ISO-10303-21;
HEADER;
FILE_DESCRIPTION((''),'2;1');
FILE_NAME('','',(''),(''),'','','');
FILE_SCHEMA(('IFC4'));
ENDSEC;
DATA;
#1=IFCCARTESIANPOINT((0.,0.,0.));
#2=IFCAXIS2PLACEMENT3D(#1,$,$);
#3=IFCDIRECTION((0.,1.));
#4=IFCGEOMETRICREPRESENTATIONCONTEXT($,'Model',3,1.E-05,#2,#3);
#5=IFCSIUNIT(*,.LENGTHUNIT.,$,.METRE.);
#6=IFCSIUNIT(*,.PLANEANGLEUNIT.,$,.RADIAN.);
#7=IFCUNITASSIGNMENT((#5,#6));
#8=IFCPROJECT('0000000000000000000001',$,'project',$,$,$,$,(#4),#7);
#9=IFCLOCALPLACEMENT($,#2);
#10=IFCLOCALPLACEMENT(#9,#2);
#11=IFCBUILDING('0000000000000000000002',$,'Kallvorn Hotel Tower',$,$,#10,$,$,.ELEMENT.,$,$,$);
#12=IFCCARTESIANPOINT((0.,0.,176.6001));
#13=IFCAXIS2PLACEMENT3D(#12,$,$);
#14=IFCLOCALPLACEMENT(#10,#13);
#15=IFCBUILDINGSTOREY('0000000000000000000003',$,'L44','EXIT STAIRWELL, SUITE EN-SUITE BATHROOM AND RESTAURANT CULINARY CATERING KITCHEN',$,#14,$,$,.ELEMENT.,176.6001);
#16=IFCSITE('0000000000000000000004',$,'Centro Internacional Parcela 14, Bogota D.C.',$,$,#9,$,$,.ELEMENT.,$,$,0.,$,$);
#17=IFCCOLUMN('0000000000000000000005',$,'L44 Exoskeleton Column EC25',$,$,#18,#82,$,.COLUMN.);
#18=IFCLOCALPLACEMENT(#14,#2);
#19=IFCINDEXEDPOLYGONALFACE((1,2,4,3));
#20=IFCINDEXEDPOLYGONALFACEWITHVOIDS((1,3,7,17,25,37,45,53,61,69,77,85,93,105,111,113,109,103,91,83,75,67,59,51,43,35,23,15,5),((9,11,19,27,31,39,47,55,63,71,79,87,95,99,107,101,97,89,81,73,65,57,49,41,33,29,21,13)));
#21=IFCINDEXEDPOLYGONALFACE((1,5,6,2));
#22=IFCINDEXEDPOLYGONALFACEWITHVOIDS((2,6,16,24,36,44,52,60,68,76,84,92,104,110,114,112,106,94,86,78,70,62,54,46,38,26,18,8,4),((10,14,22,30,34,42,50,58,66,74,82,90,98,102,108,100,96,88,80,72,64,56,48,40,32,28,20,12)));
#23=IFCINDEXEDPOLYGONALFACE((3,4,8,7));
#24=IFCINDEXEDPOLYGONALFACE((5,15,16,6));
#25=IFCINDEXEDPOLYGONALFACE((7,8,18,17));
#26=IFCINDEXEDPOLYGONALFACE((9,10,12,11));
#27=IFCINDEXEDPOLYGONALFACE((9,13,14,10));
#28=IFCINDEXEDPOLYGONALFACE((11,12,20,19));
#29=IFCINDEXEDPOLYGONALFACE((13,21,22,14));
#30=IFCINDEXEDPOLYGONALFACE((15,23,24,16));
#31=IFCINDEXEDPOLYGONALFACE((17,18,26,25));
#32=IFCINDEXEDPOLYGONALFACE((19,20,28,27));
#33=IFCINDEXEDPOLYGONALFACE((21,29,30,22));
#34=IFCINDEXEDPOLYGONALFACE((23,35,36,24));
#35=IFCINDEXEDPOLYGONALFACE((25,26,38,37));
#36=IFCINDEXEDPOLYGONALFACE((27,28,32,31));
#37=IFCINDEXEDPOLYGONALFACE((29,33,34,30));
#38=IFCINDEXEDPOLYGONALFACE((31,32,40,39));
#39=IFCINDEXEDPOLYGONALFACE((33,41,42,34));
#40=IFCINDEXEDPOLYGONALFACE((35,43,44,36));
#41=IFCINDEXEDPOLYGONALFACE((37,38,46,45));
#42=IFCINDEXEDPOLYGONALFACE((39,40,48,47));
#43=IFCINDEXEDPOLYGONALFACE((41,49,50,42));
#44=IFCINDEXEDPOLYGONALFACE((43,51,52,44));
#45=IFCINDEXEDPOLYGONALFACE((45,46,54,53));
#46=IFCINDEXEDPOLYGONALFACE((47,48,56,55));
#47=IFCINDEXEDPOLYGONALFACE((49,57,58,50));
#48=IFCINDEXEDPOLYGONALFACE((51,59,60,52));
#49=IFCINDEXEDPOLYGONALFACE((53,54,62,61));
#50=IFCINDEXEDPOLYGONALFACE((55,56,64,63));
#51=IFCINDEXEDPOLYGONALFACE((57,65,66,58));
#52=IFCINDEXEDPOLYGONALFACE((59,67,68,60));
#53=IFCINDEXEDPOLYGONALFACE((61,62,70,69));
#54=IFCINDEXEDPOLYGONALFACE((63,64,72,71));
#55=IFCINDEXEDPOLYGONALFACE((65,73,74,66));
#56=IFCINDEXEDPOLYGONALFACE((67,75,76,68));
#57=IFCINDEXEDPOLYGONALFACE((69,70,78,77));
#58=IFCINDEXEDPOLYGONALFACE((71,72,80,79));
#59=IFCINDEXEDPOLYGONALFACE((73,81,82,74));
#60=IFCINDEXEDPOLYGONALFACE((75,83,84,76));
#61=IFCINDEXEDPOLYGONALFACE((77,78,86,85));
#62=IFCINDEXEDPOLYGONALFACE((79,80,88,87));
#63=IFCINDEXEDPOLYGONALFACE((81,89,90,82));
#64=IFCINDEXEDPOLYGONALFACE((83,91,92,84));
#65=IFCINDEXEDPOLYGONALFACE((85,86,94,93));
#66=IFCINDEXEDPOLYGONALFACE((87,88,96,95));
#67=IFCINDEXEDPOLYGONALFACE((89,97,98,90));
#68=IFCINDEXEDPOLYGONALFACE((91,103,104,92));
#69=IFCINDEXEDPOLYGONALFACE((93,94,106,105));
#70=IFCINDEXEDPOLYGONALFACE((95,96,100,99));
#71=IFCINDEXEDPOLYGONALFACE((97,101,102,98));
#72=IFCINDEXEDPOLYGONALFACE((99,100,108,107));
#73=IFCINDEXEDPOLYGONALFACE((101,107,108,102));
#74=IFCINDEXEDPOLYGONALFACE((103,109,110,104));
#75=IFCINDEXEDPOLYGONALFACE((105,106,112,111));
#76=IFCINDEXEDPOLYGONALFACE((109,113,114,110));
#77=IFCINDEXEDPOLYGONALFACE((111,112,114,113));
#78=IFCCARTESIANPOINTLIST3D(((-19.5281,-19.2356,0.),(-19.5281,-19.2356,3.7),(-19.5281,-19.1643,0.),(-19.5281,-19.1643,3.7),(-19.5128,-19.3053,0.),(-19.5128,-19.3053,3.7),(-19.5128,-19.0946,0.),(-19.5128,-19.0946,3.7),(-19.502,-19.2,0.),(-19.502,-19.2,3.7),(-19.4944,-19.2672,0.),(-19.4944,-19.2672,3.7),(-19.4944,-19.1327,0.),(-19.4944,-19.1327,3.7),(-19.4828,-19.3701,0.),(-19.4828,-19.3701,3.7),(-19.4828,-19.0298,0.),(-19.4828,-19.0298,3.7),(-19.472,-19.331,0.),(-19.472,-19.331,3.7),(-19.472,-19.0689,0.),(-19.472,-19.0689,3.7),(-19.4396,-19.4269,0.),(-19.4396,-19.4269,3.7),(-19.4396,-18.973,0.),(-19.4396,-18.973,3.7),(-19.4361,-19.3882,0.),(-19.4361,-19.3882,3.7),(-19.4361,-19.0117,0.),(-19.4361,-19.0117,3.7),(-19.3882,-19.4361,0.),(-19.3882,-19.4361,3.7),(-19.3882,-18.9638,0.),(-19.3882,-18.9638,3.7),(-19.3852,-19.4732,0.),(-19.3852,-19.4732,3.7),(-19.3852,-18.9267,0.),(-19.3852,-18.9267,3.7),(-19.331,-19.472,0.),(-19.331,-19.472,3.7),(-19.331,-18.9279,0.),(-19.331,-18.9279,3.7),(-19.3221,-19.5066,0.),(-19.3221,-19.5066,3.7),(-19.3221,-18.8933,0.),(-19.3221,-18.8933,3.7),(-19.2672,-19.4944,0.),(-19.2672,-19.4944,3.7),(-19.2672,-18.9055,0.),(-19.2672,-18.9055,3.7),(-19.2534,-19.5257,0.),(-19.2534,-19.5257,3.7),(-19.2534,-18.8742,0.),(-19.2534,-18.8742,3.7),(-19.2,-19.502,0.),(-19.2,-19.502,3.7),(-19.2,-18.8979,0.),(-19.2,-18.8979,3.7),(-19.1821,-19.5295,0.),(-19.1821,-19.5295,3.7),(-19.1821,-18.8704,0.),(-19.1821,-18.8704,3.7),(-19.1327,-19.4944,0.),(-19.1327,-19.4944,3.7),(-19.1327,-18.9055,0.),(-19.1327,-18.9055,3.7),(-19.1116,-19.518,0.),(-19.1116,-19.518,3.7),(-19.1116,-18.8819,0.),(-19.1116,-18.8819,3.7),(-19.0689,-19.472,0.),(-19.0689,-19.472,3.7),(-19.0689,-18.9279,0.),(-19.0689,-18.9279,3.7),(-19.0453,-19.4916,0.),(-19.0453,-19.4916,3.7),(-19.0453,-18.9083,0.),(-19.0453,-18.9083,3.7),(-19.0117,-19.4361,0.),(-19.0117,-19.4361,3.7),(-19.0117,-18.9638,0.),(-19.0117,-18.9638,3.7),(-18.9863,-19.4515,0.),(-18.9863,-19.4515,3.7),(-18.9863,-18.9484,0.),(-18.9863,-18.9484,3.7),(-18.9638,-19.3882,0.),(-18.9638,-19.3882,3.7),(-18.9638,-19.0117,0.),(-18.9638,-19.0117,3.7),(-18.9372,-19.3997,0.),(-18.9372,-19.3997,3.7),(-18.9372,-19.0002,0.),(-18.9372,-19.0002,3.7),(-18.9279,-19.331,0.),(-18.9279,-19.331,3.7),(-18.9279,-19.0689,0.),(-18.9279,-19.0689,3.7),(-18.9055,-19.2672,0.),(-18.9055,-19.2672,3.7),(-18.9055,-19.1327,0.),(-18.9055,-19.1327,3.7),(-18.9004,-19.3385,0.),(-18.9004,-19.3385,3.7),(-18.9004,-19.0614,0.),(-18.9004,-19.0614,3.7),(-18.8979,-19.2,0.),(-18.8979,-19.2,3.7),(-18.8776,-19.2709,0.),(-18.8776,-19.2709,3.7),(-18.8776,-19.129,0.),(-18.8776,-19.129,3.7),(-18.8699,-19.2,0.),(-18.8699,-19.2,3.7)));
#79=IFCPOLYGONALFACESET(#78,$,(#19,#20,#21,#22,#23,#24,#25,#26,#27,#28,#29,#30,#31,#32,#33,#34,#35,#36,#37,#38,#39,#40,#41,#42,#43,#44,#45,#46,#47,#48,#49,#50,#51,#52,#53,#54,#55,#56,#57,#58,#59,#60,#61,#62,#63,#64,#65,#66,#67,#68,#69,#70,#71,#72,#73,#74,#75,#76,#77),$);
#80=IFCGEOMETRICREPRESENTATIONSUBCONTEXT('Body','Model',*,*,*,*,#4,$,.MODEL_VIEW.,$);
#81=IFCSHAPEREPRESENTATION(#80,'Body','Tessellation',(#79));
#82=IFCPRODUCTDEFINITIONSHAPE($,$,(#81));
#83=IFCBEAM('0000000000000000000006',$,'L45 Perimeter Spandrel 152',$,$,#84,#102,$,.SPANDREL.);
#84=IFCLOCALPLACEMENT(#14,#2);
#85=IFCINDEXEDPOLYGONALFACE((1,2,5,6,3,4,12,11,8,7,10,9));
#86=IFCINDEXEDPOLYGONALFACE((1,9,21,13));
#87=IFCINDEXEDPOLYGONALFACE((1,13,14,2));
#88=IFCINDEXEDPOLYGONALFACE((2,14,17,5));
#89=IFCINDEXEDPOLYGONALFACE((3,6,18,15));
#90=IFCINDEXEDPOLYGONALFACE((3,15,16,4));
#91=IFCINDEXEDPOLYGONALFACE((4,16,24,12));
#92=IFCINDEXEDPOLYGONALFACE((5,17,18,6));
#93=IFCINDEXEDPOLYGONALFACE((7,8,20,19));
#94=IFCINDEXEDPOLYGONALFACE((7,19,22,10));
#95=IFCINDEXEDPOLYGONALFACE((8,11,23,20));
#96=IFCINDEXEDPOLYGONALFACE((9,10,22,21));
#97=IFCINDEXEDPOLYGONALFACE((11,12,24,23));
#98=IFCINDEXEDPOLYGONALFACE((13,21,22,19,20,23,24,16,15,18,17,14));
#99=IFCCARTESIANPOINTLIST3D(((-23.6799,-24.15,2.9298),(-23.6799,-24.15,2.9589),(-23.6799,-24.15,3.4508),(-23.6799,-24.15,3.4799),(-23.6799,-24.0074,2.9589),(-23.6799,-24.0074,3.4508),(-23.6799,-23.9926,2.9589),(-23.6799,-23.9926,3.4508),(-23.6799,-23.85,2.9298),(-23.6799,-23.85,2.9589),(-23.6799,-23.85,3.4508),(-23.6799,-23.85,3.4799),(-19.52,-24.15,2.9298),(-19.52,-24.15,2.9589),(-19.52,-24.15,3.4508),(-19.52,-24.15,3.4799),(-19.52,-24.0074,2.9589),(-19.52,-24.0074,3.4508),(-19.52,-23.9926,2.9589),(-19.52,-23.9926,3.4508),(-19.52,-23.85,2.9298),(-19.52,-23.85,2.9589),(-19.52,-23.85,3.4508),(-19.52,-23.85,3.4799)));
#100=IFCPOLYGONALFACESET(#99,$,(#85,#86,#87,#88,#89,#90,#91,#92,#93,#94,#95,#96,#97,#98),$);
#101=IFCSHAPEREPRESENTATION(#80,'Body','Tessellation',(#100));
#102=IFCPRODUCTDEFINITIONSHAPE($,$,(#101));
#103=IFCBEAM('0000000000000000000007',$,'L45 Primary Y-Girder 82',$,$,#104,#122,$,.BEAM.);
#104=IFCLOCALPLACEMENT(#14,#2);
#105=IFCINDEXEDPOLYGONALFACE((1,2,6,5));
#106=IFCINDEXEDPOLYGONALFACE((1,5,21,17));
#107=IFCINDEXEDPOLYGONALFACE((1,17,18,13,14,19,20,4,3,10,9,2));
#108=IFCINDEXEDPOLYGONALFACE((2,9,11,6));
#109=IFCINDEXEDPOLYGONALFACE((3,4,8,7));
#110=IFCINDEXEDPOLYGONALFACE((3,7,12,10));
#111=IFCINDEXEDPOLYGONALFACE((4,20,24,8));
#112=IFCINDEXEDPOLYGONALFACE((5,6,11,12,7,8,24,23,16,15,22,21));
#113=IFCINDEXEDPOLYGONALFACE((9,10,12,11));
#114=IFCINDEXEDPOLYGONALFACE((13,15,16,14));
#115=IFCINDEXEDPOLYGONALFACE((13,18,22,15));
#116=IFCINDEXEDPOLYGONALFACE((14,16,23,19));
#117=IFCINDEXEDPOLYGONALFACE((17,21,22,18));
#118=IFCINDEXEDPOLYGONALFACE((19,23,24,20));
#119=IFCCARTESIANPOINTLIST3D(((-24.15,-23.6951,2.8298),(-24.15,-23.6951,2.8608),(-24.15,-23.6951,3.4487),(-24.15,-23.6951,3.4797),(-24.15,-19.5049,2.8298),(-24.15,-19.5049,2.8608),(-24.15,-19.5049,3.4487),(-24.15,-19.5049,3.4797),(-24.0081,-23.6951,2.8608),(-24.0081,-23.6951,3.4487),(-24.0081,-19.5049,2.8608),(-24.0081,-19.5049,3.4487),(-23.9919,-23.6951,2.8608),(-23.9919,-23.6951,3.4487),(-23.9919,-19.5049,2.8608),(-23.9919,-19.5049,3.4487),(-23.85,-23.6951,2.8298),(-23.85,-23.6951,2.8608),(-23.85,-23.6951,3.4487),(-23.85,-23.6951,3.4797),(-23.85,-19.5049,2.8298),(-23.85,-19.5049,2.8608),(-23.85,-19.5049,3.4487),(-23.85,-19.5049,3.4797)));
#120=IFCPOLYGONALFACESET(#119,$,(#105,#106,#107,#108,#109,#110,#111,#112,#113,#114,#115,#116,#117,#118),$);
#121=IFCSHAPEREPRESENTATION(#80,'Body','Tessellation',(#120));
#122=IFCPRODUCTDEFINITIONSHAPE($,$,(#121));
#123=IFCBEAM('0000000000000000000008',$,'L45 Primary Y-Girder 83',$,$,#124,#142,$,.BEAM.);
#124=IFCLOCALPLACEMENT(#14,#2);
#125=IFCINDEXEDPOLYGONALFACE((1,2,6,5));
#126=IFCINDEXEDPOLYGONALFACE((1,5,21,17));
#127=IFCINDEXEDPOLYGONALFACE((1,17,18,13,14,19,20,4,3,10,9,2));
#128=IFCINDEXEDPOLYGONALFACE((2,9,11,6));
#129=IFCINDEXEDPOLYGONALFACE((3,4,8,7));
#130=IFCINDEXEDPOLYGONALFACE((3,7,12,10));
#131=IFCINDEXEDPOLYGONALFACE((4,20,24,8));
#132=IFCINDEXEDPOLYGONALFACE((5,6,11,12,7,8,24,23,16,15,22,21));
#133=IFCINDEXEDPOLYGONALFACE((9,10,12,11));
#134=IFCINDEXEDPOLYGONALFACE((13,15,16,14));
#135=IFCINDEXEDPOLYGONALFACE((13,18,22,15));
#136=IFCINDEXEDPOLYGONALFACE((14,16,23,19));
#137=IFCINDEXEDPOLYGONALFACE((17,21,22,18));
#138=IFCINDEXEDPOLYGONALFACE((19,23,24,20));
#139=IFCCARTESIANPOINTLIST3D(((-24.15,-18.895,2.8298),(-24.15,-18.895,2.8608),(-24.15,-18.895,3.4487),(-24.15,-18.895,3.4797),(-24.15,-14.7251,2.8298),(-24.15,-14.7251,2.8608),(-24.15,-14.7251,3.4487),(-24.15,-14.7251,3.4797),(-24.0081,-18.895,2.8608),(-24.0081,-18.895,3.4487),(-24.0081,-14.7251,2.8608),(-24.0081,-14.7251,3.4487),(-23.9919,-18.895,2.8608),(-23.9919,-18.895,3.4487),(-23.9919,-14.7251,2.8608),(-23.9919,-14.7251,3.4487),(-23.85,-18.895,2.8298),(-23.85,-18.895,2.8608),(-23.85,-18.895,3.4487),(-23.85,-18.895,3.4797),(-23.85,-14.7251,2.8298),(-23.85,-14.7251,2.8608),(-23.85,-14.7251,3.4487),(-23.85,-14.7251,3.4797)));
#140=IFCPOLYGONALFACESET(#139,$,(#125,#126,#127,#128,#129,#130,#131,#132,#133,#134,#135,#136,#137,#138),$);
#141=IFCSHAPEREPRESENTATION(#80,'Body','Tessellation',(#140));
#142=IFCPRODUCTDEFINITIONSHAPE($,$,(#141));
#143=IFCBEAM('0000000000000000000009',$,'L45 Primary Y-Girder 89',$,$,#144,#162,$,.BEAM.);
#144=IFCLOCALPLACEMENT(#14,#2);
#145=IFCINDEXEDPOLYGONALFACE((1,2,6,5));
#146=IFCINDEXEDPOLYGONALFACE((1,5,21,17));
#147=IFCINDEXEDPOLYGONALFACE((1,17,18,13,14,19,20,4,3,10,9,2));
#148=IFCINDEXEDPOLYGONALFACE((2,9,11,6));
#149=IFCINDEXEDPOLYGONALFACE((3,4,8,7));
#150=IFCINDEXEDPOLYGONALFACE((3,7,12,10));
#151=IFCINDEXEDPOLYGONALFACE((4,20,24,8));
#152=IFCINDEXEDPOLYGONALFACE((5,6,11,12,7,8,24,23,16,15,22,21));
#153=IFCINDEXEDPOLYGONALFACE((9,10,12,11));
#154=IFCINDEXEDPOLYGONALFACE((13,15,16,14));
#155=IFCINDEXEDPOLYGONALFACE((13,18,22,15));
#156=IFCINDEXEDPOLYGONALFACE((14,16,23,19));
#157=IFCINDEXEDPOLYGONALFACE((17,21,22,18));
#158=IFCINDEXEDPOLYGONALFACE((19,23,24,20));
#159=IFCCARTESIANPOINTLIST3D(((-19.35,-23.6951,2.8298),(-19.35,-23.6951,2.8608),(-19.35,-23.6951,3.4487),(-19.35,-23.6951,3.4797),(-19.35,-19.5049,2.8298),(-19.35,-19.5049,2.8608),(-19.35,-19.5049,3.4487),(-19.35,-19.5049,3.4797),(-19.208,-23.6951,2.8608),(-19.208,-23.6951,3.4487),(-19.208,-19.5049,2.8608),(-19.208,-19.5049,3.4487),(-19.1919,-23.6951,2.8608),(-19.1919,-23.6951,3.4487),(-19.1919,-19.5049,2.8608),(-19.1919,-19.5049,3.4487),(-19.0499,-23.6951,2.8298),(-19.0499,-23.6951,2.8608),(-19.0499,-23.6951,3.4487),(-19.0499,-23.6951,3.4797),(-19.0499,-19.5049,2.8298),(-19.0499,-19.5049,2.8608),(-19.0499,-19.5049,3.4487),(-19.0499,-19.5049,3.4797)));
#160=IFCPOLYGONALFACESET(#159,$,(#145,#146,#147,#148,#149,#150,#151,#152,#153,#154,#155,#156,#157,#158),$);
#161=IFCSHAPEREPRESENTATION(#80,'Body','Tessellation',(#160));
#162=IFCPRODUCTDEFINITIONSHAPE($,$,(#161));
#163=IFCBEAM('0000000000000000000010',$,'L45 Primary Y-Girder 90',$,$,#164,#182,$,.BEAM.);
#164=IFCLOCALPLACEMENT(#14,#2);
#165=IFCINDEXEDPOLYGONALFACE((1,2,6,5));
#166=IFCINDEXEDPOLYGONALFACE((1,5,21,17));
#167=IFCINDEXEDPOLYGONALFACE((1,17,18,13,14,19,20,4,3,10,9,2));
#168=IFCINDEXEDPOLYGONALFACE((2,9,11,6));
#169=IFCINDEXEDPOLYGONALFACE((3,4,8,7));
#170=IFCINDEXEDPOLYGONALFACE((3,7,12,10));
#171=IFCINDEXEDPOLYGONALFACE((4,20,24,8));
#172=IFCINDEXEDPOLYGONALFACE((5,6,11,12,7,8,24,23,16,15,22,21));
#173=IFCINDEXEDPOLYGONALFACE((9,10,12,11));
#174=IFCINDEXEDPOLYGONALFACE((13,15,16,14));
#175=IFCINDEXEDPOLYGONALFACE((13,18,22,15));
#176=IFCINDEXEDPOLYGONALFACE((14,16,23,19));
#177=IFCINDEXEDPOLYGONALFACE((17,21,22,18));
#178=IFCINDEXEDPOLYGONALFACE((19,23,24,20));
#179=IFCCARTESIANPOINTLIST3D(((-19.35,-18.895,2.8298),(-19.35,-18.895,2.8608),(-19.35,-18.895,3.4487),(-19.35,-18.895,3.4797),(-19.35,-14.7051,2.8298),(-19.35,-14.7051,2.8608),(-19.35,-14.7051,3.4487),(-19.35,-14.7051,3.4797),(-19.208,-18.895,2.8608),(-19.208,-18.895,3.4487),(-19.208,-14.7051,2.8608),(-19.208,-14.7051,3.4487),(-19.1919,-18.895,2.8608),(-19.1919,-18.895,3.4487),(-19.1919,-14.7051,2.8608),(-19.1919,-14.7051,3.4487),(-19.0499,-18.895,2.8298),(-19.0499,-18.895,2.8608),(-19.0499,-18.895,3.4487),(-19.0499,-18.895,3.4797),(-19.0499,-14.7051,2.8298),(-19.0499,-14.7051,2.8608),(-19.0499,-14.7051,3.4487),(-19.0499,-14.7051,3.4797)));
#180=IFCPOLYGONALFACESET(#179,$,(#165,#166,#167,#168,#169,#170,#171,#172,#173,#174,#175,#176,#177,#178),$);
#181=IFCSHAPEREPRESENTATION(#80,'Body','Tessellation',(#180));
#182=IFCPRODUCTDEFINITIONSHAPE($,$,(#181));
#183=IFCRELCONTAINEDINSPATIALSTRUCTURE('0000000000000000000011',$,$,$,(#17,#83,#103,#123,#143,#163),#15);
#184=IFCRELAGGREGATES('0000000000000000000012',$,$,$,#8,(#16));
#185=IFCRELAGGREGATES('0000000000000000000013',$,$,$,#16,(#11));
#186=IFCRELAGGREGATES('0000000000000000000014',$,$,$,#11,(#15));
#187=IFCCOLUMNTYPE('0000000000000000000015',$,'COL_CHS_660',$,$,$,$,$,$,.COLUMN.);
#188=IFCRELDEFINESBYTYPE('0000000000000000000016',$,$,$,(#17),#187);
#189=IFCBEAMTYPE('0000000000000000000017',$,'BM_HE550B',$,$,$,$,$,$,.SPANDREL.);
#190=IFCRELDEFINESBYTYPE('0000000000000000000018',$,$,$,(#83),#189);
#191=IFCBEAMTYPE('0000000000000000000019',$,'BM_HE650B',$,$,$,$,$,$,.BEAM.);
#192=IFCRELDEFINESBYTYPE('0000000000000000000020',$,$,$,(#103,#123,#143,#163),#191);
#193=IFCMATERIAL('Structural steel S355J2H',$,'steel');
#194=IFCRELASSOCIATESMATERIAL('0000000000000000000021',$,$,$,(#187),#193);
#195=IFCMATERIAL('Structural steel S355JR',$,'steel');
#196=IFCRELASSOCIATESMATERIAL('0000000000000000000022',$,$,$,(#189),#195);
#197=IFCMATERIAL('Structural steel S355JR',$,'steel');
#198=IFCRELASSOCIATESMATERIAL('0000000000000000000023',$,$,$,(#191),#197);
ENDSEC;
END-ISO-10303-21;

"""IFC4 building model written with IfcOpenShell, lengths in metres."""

from ifc_helpers import new_model, si_unit, direction, frame, origin, origin_2d, place, context, subcontext, project, spatial, hollow_circle, i_section, extrude, material, material_profile, profile_set, type_object, element, save


model = new_model("IFC4")

# Units and contexts
model_context = context("Model", 3, precision=1e-05, world=origin(), true_north=direction((0.0, 1.0)))
body_context = subcontext(model_context, "Body", "Model", "MODEL_VIEW")
ifc_project = project(units=[si_unit("LENGTHUNIT", "METRE"), si_unit("PLANEANGLEUNIT", "RADIAN")], contexts=[model_context])

# Site, building, storey
site_placement = place(None, origin())
site = spatial("IfcSite", under=ifc_project, at=site_placement, Name="Centro Internacional Parcela 14, Bogota D.C.", CompositionType="ELEMENT", RefElevation=0.0)
building_placement = place(site_placement, origin())
building = spatial("IfcBuilding", under=site, at=building_placement, Name="Kallvorn Hotel Tower", CompositionType="ELEMENT")
storey_placement = place(building_placement, frame((0.0, 0.0, 176.6001)))
storey = spatial("IfcBuildingStorey", under=building, at=storey_placement, Name="L44", Description="EXIT STAIRWELL, SUITE EN-SUITE BATHROOM AND RESTAURANT CULINARY CATERING KITCHEN", CompositionType="ELEMENT", Elevation=176.6001)

# Column
ifc_material_1 = material(Name="Structural steel S355J2H", Category="steel")
ifc_material_profile_1 = material_profile(ifc_material_1, hollow_circle(Radius=0.3301, WallThickness=0.0281, at=origin_2d()), Name="CHS 660x28")
ifc_profile_set_1 = profile_set([ifc_material_profile_1], Name="Structural steel S355J2H")
column_type = type_object("IfcColumnType", Name="COL_CHS_660", PredefinedType="COLUMN", material=ifc_profile_set_1)
for number, where, z_axis, x_axis, name in (
    (1, (-19.2, -19.2, 0.0), (0.0, 0.0, 1.0), (1.0, 0.0, 0.0), "L44 Exoskeleton Column EC25"),
):
    element("IfcColumn", number, at=place(storey_placement, frame(where, z_axis=z_axis, x_axis=x_axis)), inside=storey, type_object=column_type, Name=name, PredefinedType="COLUMN", context=body_context, shape_type="SweptSolid", body=[
        extrude(hollow_circle(Radius=0.3301, WallThickness=0.0281, at=origin_2d()), origin(), (0.0, 0.0, 1.0), 3.7),
    ])

# Beams
ifc_material_2 = material(Name="Structural steel S355JR", Category="steel")
ifc_material_profile_2 = material_profile(ifc_material_2, i_section(OverallWidth=0.3, OverallDepth=0.55, WebThickness=0.0149, FlangeThickness=0.0291, at=origin_2d()), Name="HE 550 B")
ifc_profile_set_2 = profile_set([ifc_material_profile_2], Name="Structural steel S355JR")
beam_type_1 = type_object("IfcBeamType", Name="BM_HE550B", PredefinedType="SPANDREL", material=ifc_profile_set_2)
beam_1_placement = place(storey_placement, frame((-23.6799, -24.0, 3.2048), z_axis=(1.0, 0.0, 0.0), x_axis=(0.0, 1.0, 0.0)))
element("IfcBeam", 2, at=beam_1_placement, inside=storey, type_object=beam_type_1, Name="L45 Perimeter Spandrel 152", PredefinedType="SPANDREL", context=body_context, shape_type="SweptSolid", body=[
    extrude(i_section(OverallWidth=0.3, OverallDepth=0.55, WebThickness=0.0149, FlangeThickness=0.0291, at=origin_2d()), origin(), (0.0, 0.0, 1.0), 4.1599),
])
ifc_material_3 = material(Name="Structural steel S355JR", Category="steel")
ifc_material_profile_3 = material_profile(ifc_material_3, i_section(OverallWidth=0.3, OverallDepth=0.6499, WebThickness=0.0161, FlangeThickness=0.031, at=origin_2d()), Name="HE 650 B")
ifc_profile_set_3 = profile_set([ifc_material_profile_3], Name="Structural steel S355JR")
beam_type_2 = type_object("IfcBeamType", Name="BM_HE650B", PredefinedType="BEAM", material=ifc_profile_set_3)
beam_2_placement = place(storey_placement, frame((-24.0, -23.6951, 3.1548), z_axis=(0.0, 1.0, 0.0), x_axis=(-1.0, 0.0, 0.0)))
element("IfcBeam", 3, at=beam_2_placement, inside=storey, type_object=beam_type_2, Name="L45 Primary Y-Girder 82", PredefinedType="BEAM", context=body_context, shape_type="SweptSolid", body=[
    extrude(i_section(OverallWidth=0.3, OverallDepth=0.6499, WebThickness=0.0161, FlangeThickness=0.031, at=origin_2d()), origin(), (0.0, 0.0, 1.0), 4.1902),
])
beam_3_placement = place(storey_placement, frame((-24.0, -18.895, 3.1548), z_axis=(0.0, 1.0, 0.0), x_axis=(-1.0, 0.0, 0.0)))
element("IfcBeam", 4, at=beam_3_placement, inside=storey, type_object=beam_type_2, Name="L45 Primary Y-Girder 83", PredefinedType="BEAM", context=body_context, shape_type="SweptSolid", body=[
    extrude(i_section(OverallWidth=0.3, OverallDepth=0.6499, WebThickness=0.0161, FlangeThickness=0.031, at=origin_2d()), origin(), (0.0, 0.0, 1.0), 4.1699),
])
beam_4_placement = place(storey_placement, frame((-19.2, -23.6951, 3.1548), z_axis=(0.0, 1.0, 0.0), x_axis=(-1.0, 0.0, 0.0)))
element("IfcBeam", 5, at=beam_4_placement, inside=storey, type_object=beam_type_2, Name="L45 Primary Y-Girder 89", PredefinedType="BEAM", context=body_context, shape_type="SweptSolid", body=[
    extrude(i_section(OverallWidth=0.3, OverallDepth=0.6499, WebThickness=0.0161, FlangeThickness=0.031, at=origin_2d()), origin(), (0.0, 0.0, 1.0), 4.1902),
])
beam_5_placement = place(storey_placement, frame((-19.2, -18.895, 3.1548), z_axis=(0.0, 1.0, 0.0), x_axis=(-1.0, 0.0, 0.0)))
element("IfcBeam", 6, at=beam_5_placement, inside=storey, type_object=beam_type_2, Name="L45 Primary Y-Girder 90", PredefinedType="BEAM", context=body_context, shape_type="SweptSolid", body=[
    extrude(i_section(OverallWidth=0.3, OverallDepth=0.6499, WebThickness=0.0161, FlangeThickness=0.031, at=origin_2d()), origin(), (0.0, 0.0, 1.0), 4.1899),
])

save(model, "model.ifc")
